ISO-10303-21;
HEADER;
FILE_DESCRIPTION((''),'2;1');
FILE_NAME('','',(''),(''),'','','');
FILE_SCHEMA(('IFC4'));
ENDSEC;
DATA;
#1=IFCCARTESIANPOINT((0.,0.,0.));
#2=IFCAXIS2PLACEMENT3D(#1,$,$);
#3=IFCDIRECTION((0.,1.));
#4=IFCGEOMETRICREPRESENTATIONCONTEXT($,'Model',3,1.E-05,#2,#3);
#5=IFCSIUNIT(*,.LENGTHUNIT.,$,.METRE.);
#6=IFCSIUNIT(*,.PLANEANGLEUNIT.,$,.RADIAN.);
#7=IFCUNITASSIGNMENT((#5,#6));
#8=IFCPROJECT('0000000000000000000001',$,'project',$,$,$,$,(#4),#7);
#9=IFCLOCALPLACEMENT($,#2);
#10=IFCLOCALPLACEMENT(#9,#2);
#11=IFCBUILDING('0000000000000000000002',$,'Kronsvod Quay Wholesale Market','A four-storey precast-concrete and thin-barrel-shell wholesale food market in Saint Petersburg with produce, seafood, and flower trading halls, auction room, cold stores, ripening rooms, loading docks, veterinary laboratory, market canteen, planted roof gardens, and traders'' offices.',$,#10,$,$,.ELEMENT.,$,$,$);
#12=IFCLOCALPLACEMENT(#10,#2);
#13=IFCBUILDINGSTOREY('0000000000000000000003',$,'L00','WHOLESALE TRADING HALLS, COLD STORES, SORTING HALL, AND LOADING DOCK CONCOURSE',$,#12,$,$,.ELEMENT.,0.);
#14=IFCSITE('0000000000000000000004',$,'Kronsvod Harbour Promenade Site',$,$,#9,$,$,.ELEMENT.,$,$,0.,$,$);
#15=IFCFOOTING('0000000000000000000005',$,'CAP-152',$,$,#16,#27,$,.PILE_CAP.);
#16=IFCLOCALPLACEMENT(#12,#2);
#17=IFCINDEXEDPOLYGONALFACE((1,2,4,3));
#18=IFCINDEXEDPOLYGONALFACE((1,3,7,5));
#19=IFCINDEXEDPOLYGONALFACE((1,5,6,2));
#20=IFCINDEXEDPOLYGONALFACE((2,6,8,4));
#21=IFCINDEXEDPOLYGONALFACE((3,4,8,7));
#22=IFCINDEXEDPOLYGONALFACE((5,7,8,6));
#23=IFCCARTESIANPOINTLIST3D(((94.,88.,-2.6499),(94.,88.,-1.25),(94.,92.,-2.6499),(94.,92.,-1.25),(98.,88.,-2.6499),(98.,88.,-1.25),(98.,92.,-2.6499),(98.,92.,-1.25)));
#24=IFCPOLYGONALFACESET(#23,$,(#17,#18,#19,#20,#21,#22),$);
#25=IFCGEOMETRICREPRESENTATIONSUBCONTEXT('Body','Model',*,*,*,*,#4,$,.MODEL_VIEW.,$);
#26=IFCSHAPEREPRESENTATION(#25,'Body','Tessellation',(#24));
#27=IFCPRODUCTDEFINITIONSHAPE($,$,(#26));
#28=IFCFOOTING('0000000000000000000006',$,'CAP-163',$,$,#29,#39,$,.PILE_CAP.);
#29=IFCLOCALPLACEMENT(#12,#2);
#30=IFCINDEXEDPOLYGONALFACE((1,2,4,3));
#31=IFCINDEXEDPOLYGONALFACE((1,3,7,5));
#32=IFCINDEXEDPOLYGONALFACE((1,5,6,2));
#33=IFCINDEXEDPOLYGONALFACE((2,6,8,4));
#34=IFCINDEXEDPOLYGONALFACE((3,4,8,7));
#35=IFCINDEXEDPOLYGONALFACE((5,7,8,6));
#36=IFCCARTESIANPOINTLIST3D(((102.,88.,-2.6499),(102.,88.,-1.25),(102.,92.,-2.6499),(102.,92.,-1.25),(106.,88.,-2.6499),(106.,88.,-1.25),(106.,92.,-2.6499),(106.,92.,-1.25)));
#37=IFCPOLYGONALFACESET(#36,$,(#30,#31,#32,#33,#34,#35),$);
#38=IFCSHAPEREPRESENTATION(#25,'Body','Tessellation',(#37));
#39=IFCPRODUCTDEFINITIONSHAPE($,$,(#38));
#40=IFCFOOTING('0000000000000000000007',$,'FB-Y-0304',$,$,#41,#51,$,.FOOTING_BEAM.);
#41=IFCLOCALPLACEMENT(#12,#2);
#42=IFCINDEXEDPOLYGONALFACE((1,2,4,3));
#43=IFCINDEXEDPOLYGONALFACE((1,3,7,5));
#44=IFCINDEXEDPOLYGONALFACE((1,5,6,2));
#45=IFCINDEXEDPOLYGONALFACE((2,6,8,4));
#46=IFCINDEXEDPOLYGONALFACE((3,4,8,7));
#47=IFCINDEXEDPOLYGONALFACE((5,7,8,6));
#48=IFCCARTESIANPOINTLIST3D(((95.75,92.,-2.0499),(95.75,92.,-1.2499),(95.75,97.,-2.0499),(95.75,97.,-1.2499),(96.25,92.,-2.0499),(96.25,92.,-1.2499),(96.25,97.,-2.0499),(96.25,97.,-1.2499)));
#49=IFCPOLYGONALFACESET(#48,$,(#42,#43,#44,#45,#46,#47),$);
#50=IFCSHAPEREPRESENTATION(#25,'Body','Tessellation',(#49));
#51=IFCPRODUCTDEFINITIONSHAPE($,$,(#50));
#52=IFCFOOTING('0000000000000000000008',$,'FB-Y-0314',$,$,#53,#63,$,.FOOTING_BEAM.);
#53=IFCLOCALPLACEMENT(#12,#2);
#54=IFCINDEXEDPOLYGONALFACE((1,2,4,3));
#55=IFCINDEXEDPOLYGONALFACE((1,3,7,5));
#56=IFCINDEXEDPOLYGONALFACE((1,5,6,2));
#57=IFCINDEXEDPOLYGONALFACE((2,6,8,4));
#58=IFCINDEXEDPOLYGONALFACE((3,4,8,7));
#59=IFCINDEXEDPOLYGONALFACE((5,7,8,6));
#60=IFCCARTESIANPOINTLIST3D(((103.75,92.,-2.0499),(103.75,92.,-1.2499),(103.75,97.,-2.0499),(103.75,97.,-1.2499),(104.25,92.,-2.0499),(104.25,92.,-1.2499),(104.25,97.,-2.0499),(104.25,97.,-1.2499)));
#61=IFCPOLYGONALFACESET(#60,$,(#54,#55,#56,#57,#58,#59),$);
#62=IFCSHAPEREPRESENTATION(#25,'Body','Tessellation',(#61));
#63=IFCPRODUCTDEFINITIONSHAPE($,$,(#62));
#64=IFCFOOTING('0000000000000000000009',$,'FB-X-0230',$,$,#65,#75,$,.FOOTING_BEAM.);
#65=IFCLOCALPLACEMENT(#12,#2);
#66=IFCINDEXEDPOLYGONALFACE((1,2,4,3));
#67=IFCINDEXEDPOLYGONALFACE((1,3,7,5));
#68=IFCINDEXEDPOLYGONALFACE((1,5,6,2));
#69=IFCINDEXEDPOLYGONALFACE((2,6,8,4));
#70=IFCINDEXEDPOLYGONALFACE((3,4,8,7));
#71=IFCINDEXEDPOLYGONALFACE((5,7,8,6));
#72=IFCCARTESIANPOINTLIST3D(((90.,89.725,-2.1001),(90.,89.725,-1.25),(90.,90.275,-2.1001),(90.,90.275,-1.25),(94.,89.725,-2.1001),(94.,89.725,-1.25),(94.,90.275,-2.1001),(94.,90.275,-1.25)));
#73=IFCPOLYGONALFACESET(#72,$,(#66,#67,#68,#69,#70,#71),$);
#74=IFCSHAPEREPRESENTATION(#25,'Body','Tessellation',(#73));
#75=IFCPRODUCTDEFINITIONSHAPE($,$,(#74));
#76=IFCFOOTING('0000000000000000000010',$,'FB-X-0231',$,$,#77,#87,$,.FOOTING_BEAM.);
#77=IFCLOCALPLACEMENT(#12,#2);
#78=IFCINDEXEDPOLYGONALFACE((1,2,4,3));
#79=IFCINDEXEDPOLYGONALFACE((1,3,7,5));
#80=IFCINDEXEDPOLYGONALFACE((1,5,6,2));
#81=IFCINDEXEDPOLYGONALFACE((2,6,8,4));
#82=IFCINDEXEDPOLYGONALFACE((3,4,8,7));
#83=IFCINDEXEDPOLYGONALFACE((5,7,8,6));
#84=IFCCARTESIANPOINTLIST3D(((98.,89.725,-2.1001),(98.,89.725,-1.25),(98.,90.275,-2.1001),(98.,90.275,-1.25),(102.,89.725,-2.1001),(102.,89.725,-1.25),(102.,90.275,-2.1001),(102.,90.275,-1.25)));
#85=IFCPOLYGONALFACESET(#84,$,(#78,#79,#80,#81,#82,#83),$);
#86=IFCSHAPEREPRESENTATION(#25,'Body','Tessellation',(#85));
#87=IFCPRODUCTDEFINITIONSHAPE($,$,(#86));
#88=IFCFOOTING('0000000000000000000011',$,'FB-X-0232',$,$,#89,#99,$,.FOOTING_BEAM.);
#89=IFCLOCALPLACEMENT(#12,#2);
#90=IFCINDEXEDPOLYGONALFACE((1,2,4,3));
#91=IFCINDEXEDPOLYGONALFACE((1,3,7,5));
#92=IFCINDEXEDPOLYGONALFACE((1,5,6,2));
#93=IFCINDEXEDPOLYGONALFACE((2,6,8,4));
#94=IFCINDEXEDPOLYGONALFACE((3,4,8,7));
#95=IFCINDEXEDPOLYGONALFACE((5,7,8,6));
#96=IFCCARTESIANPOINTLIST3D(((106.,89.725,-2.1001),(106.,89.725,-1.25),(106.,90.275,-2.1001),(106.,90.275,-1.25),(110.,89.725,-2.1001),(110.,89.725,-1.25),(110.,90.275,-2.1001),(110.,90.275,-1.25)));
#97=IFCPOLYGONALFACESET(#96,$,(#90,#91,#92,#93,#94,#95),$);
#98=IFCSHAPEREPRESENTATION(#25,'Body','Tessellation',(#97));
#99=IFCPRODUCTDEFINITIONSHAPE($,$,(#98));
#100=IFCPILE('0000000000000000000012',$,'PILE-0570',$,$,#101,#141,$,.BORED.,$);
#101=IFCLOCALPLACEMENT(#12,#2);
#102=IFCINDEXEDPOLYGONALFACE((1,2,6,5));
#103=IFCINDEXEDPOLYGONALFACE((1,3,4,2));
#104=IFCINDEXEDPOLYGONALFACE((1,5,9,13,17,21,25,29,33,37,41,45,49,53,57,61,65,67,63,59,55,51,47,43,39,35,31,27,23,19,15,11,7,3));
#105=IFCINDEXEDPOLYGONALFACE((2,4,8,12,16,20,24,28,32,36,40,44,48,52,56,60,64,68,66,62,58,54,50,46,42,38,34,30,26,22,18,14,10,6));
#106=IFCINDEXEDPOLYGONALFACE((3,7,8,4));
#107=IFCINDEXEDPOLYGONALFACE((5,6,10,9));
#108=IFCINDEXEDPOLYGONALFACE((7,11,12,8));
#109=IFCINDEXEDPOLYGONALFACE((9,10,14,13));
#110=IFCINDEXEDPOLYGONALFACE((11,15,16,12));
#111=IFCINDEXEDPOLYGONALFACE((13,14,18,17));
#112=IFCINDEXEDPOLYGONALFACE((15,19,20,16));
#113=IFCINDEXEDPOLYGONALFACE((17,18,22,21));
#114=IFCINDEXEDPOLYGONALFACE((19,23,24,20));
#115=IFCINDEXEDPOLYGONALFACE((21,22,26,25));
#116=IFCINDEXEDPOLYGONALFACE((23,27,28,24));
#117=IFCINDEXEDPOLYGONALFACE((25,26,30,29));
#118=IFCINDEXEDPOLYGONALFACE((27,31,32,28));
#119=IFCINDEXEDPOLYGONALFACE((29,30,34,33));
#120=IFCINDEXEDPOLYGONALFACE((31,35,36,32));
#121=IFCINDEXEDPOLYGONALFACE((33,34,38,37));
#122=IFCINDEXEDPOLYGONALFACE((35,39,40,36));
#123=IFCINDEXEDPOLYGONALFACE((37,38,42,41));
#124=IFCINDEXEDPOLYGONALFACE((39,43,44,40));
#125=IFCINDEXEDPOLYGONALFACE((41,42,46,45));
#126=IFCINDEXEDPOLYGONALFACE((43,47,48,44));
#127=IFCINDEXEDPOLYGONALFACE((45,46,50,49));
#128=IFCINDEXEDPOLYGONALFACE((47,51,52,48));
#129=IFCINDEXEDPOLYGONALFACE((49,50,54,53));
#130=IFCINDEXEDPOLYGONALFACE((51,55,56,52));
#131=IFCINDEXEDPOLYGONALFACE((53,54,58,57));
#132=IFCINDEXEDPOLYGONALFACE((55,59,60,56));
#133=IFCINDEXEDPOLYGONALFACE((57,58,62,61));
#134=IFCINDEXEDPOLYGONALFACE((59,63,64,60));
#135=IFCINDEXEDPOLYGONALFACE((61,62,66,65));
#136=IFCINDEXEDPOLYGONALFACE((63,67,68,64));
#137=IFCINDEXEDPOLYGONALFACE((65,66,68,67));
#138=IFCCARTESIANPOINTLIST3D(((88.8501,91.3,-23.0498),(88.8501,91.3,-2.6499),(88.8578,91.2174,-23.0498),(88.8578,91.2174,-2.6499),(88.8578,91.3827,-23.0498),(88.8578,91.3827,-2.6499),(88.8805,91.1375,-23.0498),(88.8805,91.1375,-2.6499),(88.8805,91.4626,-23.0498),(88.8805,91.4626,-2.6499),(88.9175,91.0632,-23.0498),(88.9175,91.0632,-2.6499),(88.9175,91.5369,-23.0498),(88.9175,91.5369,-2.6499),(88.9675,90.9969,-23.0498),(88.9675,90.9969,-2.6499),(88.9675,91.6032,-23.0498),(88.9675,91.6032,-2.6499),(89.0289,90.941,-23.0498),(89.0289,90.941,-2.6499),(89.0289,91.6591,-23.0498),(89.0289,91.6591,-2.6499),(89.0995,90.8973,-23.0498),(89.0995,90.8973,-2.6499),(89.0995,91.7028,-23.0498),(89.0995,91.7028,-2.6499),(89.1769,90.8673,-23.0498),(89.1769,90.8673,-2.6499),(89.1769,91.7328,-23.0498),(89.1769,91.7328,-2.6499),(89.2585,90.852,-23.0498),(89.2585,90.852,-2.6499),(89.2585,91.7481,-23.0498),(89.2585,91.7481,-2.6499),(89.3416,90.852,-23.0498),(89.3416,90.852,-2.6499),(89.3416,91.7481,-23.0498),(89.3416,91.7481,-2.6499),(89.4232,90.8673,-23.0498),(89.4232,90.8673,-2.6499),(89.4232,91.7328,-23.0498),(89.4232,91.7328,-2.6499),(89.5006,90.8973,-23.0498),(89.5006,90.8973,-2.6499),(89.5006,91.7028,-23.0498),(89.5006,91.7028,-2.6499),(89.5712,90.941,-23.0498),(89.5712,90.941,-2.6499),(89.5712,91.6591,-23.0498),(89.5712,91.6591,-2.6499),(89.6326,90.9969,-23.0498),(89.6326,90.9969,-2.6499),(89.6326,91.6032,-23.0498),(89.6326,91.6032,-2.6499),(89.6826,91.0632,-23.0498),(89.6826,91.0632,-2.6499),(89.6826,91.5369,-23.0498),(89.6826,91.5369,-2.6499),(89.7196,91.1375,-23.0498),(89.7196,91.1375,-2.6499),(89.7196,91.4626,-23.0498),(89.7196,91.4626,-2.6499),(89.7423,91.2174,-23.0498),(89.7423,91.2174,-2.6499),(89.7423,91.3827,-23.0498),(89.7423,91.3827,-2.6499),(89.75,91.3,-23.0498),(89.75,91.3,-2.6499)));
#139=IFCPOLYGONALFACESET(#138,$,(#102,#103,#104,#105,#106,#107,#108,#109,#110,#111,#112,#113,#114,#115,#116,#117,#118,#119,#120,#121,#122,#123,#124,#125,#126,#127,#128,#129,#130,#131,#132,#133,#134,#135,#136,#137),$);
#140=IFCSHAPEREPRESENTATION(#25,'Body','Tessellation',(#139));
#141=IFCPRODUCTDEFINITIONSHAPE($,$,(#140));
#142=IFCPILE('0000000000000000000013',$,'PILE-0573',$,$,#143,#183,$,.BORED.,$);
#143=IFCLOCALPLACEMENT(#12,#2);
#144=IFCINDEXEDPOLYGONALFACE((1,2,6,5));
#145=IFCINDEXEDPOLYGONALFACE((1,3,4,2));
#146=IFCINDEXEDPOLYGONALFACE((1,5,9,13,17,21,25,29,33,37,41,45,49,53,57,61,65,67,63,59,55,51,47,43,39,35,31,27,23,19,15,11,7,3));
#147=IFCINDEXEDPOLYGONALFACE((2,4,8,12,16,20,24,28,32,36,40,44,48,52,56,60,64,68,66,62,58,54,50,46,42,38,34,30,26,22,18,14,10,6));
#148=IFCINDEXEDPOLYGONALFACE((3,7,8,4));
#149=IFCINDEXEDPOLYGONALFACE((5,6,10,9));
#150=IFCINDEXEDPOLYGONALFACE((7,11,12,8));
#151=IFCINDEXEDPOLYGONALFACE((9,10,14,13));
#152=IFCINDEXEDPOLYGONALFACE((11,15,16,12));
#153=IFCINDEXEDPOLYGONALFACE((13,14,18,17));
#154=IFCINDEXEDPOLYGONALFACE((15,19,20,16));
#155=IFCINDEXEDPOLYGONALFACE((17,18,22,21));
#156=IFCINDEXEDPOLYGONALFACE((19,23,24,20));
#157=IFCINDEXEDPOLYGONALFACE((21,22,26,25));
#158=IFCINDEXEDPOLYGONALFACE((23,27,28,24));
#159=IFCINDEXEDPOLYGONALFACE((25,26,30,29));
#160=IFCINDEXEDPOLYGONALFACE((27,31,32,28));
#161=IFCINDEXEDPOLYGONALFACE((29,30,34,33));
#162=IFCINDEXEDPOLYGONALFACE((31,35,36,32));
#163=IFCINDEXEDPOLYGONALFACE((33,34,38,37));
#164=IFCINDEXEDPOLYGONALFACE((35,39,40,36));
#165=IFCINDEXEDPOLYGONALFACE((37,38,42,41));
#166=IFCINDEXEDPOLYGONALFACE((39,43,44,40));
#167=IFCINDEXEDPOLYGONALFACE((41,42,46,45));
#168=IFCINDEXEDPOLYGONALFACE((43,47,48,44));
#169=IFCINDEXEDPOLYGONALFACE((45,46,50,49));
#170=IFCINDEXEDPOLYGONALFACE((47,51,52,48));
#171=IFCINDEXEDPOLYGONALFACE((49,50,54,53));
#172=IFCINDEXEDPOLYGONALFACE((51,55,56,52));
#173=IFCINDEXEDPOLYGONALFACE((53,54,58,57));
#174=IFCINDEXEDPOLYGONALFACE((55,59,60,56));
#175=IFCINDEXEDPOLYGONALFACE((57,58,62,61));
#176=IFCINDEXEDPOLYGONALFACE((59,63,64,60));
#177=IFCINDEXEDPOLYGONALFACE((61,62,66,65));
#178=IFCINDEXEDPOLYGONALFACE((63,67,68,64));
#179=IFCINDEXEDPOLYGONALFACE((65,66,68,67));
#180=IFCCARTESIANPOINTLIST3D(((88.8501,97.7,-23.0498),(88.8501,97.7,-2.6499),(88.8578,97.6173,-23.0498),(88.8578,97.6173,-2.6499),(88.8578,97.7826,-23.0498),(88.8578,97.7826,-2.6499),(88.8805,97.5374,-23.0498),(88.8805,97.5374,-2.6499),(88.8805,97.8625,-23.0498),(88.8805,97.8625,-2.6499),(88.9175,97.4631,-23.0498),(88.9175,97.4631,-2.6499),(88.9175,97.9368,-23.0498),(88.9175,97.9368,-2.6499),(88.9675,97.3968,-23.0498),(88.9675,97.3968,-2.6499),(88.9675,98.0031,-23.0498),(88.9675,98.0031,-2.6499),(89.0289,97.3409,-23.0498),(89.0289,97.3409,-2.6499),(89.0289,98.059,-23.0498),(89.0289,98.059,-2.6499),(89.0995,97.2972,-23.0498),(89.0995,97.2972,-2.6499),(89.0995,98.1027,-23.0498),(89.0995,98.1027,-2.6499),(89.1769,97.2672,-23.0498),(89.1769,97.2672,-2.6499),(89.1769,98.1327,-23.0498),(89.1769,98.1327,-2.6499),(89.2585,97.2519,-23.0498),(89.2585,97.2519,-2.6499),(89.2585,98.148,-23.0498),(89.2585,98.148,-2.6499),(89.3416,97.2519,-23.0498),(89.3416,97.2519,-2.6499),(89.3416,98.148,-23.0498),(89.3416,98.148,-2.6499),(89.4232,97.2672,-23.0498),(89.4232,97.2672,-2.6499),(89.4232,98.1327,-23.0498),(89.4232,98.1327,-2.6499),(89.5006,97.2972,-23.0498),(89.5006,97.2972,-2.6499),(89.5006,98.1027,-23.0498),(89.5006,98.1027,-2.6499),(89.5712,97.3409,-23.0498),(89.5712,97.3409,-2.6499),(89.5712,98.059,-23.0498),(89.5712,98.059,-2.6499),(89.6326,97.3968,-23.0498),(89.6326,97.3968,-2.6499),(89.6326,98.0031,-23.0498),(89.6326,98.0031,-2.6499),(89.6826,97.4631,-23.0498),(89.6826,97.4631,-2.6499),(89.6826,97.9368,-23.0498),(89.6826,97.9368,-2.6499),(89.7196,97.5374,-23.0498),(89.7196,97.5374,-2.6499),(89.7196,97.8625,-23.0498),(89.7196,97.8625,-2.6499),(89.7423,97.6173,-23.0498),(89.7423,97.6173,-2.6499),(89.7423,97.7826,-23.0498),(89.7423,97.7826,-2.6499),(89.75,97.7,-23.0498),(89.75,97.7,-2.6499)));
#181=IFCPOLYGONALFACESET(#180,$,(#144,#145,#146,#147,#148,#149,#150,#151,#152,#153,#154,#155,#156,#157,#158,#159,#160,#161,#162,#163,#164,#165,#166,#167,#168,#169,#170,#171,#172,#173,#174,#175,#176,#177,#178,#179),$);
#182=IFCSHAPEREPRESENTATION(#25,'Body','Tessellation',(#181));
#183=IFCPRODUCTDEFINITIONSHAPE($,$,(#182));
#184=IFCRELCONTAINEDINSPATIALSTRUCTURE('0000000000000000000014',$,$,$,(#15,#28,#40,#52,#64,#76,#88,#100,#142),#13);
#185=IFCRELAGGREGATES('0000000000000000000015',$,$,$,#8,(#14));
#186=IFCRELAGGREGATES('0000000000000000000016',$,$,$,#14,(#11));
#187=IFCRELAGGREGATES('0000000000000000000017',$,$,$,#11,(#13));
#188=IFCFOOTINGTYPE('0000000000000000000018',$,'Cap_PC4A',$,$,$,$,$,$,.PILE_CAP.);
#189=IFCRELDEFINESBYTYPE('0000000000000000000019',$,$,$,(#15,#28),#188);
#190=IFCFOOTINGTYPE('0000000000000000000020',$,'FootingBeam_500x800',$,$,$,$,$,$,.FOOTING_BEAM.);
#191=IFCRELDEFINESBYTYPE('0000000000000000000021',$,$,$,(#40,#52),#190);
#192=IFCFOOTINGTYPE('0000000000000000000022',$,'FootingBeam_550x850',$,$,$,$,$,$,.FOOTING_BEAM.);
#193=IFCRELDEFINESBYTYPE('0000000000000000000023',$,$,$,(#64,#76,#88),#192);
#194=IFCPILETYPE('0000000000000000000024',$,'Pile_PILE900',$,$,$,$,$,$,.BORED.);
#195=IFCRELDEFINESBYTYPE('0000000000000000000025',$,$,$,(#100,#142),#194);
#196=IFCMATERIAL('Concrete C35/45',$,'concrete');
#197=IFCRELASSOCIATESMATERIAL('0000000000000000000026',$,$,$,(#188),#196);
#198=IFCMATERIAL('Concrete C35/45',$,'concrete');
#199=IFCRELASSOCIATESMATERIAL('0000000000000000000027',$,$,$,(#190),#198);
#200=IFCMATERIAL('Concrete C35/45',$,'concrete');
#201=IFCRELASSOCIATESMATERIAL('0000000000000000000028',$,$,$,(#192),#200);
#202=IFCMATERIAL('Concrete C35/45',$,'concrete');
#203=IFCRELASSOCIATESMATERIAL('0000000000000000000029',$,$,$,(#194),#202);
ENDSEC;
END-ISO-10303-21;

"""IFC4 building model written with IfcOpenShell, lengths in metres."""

from ifc_helpers import new_model, si_unit, direction, frame, origin, origin_2d, place, context, subcontext, project, spatial, rectangle, circle, extrude, material, material_profile, profile_set, type_object, element, save


model = new_model("IFC4")

# Units and contexts
model_context = context("Model", 3, precision=1e-05, world=origin(), true_north=direction((0.0, 1.0)))
body_context = subcontext(model_context, "Body", "Model", "MODEL_VIEW")
ifc_project = project(units=[si_unit("LENGTHUNIT", "METRE"), si_unit("PLANEANGLEUNIT", "RADIAN")], contexts=[model_context])

# Site, building, storey
site_placement = place(None, origin())
site = spatial("IfcSite", under=ifc_project, at=site_placement, Name="Kronsvod Harbour Promenade Site", CompositionType="ELEMENT", RefElevation=0.0)
building_placement = place(site_placement, origin())
building = spatial("IfcBuilding", under=site, at=building_placement, Name="Kronsvod Quay Wholesale Market", Description="A four-storey precast-concrete and thin-barrel-shell wholesale food market in Saint Petersburg with produce, seafood, and flower trading halls, auction room, cold stores, ripening rooms, loading docks, veterinary laboratory, market canteen, planted roof gardens, and traders' offices.", CompositionType="ELEMENT")
storey_placement = place(building_placement, origin())
storey = spatial("IfcBuildingStorey", under=building, at=storey_placement, Name="L00", Description="WHOLESALE TRADING HALLS, COLD STORES, SORTING HALL, AND LOADING DOCK CONCOURSE", CompositionType="ELEMENT", Elevation=0.0)

# Footings
ifc_material_1 = material(Name="Concrete C35/45", Category="concrete")
footing_type_1 = type_object("IfcFootingType", Name="Cap_PC4A", PredefinedType="PILE_CAP", material=ifc_material_1)
for number, where, z_axis, x_axis, name in (
    (1, (96.0, 90.0, -2.6499), (0.0, 0.0, 1.0), (1.0, 0.0, 0.0), "CAP-152"),
    (2, (104.0, 90.0, -2.6499), (0.0, 0.0, 1.0), (1.0, 0.0, 0.0), "CAP-163"),
):
    element("IfcFooting", number, at=place(storey_placement, frame(where, z_axis=z_axis, x_axis=x_axis)), inside=storey, type_object=footing_type_1, Name=name, PredefinedType="PILE_CAP", context=body_context, shape_type="SweptSolid", body=[
        extrude(rectangle(XDim=4.0, YDim=4.0, at=origin_2d()), origin(), (0.0, 0.0, 1.0), 1.3999),
    ])
ifc_material_2 = material(Name="Concrete C35/45", Category="concrete")
ifc_material_profile_1 = material_profile(ifc_material_2, rectangle(XDim=0.5, YDim=0.8, at=origin_2d()), Name="FB-01")
ifc_profile_set_1 = profile_set([ifc_material_profile_1], Name="Concrete C35/45")
footing_type_2 = type_object("IfcFootingType", Name="FootingBeam_500x800", PredefinedType="FOOTING_BEAM", material=ifc_profile_set_1)
for number, where, z_axis, x_axis, name in (
    (3, (96.0, 92.0, -1.6499), (0.0, 1.0, 0.0), (-1.0, 0.0, 0.0), "FB-Y-0304"),
    (4, (104.0, 92.0, -1.6499), (0.0, 1.0, 0.0), (-1.0, 0.0, 0.0), "FB-Y-0314"),
):
    element("IfcFooting", number, at=place(storey_placement, frame(where, z_axis=z_axis, x_axis=x_axis)), inside=storey, type_object=footing_type_2, Name=name, PredefinedType="FOOTING_BEAM", context=body_context, shape_type="SweptSolid", body=[
        extrude(rectangle(XDim=0.5, YDim=0.8, at=origin_2d()), origin(), (0.0, 0.0, 1.0), 5.0),
    ])
ifc_material_3 = material(Name="Concrete C35/45", Category="concrete")
ifc_material_profile_2 = material_profile(ifc_material_3, rectangle(XDim=0.55, YDim=0.8501, at=origin_2d()), Name="FB-03")
ifc_profile_set_2 = profile_set([ifc_material_profile_2], Name="Concrete C35/45")
footing_type_3 = type_object("IfcFootingType", Name="FootingBeam_550x850", PredefinedType="FOOTING_BEAM", material=ifc_profile_set_2)
for number, where, z_axis, x_axis, name in (
    (5, (90.0, 90.0, -1.675), (1.0, 0.0, 0.0), (0.0, 1.0, 0.0), "FB-X-0230"),
    (6, (98.0, 90.0, -1.675), (1.0, 0.0, 0.0), (0.0, 1.0, 0.0), "FB-X-0231"),
    (7, (106.0, 90.0, -1.675), (1.0, 0.0, 0.0), (0.0, 1.0, 0.0), "FB-X-0232"),
):
    element("IfcFooting", number, at=place(storey_placement, frame(where, z_axis=z_axis, x_axis=x_axis)), inside=storey, type_object=footing_type_3, Name=name, PredefinedType="FOOTING_BEAM", context=body_context, shape_type="SweptSolid", body=[
        extrude(rectangle(XDim=0.55, YDim=0.8501, at=origin_2d()), origin(), (0.0, 0.0, 1.0), 4.0),
    ])

# Piles
ifc_material_4 = material(Name="Concrete C35/45", Category="concrete")
ifc_material_profile_3 = material_profile(ifc_material_4, circle(Radius=0.45, at=origin_2d()), Name="PILE900")
ifc_profile_set_3 = profile_set([ifc_material_profile_3], Name="Concrete C35/45")
pile_type = type_object("IfcPileType", Name="Pile_PILE900", PredefinedType="BORED", material=ifc_profile_set_3)
for number, where, z_axis, x_axis, name in (
    (8, (89.3, 91.3, -2.6499), (0.0, 0.0, -1.0), (1.0, 0.0, 0.0), "PILE-0570"),
    (9, (89.3, 97.7, -2.6499), (0.0, 0.0, -1.0), (1.0, 0.0, 0.0), "PILE-0573"),
):
    element("IfcPile", number, at=place(storey_placement, frame(where, z_axis=z_axis, x_axis=x_axis)), inside=storey, type_object=pile_type, Name=name, PredefinedType="BORED", context=body_context, shape_type="SweptSolid", body=[
        extrude(circle(Radius=0.45, at=origin_2d()), origin(), (0.0, 0.0, 1.0), 20.3999),
    ])

save(model, "model.ifc")
